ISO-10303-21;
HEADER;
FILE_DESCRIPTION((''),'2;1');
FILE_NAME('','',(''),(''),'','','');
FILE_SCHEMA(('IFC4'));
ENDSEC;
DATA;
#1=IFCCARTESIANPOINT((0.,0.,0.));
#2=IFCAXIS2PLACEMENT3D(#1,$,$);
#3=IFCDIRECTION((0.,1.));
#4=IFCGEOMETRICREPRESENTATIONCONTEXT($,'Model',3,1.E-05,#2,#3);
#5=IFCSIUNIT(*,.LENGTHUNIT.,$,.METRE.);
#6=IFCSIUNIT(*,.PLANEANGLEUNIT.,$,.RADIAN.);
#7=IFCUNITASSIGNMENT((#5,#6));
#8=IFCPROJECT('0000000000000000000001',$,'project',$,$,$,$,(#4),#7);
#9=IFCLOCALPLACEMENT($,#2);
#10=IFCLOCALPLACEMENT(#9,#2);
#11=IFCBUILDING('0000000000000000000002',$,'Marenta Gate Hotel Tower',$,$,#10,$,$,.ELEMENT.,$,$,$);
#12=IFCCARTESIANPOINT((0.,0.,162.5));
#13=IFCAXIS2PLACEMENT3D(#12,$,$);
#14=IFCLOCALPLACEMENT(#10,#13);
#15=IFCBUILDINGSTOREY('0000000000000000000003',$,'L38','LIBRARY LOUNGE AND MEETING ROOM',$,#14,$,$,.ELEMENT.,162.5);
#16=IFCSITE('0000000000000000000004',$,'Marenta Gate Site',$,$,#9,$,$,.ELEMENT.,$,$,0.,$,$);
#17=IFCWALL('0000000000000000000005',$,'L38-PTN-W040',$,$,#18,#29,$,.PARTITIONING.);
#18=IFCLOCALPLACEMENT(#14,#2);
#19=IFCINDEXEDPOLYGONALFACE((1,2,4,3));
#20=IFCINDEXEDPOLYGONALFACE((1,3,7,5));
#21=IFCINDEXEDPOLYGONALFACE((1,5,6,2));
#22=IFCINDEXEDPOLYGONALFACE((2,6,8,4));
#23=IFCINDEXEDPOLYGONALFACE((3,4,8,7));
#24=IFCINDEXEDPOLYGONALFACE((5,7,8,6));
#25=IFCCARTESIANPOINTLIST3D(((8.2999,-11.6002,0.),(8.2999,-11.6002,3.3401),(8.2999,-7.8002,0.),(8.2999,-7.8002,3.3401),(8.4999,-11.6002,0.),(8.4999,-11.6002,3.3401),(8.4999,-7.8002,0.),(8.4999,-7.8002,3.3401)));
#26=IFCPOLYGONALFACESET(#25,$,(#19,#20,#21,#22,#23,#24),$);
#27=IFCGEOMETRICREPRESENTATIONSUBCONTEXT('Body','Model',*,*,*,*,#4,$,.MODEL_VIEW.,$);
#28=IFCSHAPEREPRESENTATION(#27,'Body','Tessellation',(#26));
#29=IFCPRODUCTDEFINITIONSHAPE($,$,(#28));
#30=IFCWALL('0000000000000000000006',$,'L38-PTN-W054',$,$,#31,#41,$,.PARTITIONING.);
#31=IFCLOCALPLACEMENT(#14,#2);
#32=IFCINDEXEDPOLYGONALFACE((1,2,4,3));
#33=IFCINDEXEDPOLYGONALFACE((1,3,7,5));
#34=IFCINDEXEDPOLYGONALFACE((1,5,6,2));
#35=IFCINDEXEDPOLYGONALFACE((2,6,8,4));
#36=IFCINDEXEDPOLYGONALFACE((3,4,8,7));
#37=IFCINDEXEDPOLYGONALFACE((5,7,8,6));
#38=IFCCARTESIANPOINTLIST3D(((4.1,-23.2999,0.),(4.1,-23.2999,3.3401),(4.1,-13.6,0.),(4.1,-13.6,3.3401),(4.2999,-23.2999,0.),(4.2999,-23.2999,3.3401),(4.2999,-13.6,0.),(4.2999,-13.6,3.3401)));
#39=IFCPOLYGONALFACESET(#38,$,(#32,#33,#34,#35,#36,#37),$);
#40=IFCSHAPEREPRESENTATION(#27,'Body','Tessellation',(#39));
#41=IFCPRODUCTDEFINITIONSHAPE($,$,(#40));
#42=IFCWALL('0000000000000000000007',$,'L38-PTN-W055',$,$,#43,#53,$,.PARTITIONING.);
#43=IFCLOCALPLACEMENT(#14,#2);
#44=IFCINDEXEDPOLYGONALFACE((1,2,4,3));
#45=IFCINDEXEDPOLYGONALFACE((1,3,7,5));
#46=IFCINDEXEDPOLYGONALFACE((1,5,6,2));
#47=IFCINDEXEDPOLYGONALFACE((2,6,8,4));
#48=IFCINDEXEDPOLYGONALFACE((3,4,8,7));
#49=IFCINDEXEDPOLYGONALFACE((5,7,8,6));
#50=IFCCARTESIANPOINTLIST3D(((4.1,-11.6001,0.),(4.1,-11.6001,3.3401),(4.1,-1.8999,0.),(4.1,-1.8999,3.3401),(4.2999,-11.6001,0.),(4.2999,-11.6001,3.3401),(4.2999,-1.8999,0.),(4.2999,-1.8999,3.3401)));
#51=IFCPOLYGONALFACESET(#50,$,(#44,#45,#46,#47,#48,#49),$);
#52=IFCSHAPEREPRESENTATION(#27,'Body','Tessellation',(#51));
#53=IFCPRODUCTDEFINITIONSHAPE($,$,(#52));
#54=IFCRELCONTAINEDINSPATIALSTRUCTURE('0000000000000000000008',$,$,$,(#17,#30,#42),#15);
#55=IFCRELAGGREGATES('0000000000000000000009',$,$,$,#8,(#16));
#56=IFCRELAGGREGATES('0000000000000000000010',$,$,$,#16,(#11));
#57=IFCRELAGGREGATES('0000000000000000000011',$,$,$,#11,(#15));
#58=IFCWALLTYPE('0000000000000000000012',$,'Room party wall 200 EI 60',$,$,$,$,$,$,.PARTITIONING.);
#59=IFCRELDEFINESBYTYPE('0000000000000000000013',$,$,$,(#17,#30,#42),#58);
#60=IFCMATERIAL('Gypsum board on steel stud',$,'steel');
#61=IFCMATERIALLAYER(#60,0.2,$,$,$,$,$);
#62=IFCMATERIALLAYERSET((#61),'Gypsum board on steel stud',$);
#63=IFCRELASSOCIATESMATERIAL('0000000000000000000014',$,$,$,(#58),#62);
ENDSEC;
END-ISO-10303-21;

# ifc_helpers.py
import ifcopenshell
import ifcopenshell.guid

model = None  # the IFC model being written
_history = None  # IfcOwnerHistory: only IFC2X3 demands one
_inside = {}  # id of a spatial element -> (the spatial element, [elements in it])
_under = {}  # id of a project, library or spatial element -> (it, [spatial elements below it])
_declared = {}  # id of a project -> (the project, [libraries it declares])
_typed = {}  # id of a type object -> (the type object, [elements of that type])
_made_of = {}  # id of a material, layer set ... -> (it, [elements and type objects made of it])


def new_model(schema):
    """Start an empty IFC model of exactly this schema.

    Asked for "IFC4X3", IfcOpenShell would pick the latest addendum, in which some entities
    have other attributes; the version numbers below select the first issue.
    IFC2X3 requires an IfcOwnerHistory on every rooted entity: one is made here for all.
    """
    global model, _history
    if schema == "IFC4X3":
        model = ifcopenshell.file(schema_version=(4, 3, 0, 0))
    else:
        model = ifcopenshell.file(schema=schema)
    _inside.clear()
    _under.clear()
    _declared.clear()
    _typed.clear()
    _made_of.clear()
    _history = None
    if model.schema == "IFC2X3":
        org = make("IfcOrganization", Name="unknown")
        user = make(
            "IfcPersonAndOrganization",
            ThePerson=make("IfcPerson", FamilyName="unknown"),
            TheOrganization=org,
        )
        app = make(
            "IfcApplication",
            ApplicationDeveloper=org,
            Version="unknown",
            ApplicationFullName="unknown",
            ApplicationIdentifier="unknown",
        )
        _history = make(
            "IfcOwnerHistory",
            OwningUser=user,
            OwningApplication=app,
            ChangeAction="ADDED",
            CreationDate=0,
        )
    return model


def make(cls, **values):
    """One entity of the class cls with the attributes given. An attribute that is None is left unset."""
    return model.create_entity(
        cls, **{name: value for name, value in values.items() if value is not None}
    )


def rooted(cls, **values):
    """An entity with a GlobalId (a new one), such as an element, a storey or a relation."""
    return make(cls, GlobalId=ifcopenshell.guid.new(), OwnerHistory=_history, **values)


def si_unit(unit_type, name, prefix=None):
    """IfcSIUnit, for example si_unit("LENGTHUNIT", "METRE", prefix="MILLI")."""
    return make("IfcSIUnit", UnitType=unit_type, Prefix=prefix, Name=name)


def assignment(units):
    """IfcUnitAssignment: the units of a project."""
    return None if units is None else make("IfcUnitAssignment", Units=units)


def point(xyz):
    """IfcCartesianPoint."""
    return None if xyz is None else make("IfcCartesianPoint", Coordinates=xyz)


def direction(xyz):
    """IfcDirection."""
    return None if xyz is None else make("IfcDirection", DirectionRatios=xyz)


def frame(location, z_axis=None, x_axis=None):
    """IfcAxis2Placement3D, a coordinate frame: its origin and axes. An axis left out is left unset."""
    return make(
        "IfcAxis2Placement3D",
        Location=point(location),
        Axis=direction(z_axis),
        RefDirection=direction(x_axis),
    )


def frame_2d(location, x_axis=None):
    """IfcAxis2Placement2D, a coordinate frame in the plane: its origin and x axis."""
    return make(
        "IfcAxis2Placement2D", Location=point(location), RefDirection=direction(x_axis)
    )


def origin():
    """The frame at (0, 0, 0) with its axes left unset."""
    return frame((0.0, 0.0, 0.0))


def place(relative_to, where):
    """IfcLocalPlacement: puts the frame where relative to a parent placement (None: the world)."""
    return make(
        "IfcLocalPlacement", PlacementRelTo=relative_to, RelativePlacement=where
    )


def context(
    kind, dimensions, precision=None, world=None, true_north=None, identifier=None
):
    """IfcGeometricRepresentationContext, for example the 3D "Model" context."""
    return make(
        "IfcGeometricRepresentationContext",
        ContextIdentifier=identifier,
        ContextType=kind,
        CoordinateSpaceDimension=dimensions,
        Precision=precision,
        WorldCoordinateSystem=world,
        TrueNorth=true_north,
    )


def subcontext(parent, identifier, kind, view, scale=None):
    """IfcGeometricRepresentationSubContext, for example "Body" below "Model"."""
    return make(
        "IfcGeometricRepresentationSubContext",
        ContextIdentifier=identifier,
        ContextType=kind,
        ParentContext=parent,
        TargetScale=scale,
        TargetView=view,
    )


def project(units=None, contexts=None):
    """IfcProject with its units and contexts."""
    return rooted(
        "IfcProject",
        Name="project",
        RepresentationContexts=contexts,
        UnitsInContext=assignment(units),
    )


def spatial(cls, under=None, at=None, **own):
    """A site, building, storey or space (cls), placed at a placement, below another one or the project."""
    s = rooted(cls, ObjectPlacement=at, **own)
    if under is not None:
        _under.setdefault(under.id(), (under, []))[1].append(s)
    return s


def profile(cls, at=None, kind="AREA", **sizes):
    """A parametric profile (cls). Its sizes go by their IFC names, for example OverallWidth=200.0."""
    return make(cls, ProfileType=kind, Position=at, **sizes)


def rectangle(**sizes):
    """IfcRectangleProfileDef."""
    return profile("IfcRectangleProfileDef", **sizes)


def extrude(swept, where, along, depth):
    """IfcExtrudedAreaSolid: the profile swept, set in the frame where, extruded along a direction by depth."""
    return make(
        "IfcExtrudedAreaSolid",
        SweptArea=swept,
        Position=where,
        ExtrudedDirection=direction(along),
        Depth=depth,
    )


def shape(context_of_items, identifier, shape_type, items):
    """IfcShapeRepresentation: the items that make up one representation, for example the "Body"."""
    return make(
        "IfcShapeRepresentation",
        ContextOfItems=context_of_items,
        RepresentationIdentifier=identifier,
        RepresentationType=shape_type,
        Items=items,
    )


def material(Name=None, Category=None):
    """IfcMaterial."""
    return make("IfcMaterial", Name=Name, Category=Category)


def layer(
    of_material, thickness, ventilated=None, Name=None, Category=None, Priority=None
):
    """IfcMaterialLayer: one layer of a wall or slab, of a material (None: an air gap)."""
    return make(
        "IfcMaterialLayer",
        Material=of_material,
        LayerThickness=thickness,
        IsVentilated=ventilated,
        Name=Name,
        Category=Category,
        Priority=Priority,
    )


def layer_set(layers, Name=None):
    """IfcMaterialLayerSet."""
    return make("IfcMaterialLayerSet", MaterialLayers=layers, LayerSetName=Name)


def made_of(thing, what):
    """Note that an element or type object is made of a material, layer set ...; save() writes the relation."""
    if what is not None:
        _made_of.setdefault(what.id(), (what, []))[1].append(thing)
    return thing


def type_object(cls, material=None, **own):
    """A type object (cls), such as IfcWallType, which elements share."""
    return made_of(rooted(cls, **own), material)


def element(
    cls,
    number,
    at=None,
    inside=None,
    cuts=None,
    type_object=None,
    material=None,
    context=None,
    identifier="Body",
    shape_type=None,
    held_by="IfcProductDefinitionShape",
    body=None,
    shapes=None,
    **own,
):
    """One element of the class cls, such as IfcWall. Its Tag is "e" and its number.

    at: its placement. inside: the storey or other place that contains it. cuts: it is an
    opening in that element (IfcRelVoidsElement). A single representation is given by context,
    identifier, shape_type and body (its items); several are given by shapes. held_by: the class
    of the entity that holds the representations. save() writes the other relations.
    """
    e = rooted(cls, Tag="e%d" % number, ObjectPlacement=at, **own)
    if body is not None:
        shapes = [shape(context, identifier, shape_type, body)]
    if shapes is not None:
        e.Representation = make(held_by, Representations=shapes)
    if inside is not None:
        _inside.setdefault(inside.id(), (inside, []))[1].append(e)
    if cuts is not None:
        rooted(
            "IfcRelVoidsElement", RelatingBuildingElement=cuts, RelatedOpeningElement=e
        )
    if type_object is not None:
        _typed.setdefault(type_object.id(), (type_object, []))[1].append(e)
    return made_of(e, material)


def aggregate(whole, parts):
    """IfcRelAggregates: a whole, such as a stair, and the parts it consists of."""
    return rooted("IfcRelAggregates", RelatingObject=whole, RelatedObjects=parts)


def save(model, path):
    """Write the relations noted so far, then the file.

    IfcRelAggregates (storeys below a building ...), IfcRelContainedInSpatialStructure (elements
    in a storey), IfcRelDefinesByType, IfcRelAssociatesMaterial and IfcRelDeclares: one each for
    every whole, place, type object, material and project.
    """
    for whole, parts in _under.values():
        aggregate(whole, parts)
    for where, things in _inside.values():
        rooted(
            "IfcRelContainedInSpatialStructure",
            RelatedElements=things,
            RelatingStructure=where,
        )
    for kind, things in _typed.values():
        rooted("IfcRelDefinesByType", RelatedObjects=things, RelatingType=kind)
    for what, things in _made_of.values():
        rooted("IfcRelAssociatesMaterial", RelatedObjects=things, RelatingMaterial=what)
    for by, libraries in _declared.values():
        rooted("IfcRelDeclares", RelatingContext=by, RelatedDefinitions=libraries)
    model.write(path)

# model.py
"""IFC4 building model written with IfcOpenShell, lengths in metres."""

from ifc_helpers import new_model, si_unit, direction, frame, frame_2d, origin, place, context, subcontext, project, spatial, rectangle, extrude, material, layer, layer_set, type_object, element, save


model = new_model("IFC4")

# Units and contexts
model_context = context("Model", 3, precision=1e-05, world=origin(), true_north=direction((0.0, 1.0)))
body_context = subcontext(model_context, "Body", "Model", "MODEL_VIEW")
ifc_project = project(units=[si_unit("LENGTHUNIT", "METRE"), si_unit("PLANEANGLEUNIT", "RADIAN")], contexts=[model_context])

# Site, building, storey
site_placement = place(None, origin())
site = spatial("IfcSite", under=ifc_project, at=site_placement, Name="Marenta Gate Site", CompositionType="ELEMENT", RefElevation=0.0)
building_placement = place(site_placement, origin())
building = spatial("IfcBuilding", under=site, at=building_placement, Name="Marenta Gate Hotel Tower", CompositionType="ELEMENT")
storey_placement = place(building_placement, frame((0.0, 0.0, 162.5)))
storey = spatial("IfcBuildingStorey", under=building, at=storey_placement, Name="L38", Description="LIBRARY LOUNGE AND MEETING ROOM", CompositionType="ELEMENT", Elevation=162.5)

# Walls
ifc_material_1 = material(Name="Gypsum board on steel stud", Category="steel")
ifc_layer_1 = layer(ifc_material_1, 0.2)
ifc_layer_set_1 = layer_set([ifc_layer_1], Name="Gypsum board on steel stud")
wall_type_1 = type_object("IfcWallType", Name="Room party wall 200 EI 60", PredefinedType="PARTITIONING", material=ifc_layer_set_1)
wall_1_placement = place(storey_placement, frame((8.3999, -11.6001, 0.0), z_axis=(0.0, 0.0, 1.0), x_axis=(0.0, 1.0, 0.0)))
element("IfcWall", 1, at=wall_1_placement, inside=storey, type_object=wall_type_1, Name="L38-PTN-W040", PredefinedType="PARTITIONING", context=body_context, shape_type="SweptSolid", body=[
    extrude(rectangle(XDim=3.8, YDim=0.2, at=frame_2d((1.8999, 0.0))), origin(), (0.0, 0.0, 1.0), 3.3401),
])
wall_2_placement = place(storey_placement, frame((4.2, -23.3, 0.0), z_axis=(0.0, 0.0, 1.0), x_axis=(0.0, 1.0, 0.0)))
element("IfcWall", 2, at=wall_2_placement, inside=storey, type_object=wall_type_1, Name="L38-PTN-W054", PredefinedType="PARTITIONING", context=body_context, shape_type="SweptSolid", body=[
    extrude(rectangle(XDim=9.7, YDim=0.2, at=frame_2d((4.8501, 0.0))), origin(), (0.0, 0.0, 1.0), 3.3401),
])
wall_3_placement = place(storey_placement, frame((4.2, -11.6001, 0.0), z_axis=(0.0, 0.0, 1.0), x_axis=(0.0, 1.0, 0.0)))
element("IfcWall", 3, at=wall_3_placement, inside=storey, type_object=wall_type_1, Name="L38-PTN-W055", PredefinedType="PARTITIONING", context=body_context, shape_type="SweptSolid", body=[
    extrude(rectangle(XDim=9.7002, YDim=0.2, at=frame_2d((4.8501, 0.0))), origin(), (0.0, 0.0, 1.0), 3.3401),
])

save(model, "model.ifc")
